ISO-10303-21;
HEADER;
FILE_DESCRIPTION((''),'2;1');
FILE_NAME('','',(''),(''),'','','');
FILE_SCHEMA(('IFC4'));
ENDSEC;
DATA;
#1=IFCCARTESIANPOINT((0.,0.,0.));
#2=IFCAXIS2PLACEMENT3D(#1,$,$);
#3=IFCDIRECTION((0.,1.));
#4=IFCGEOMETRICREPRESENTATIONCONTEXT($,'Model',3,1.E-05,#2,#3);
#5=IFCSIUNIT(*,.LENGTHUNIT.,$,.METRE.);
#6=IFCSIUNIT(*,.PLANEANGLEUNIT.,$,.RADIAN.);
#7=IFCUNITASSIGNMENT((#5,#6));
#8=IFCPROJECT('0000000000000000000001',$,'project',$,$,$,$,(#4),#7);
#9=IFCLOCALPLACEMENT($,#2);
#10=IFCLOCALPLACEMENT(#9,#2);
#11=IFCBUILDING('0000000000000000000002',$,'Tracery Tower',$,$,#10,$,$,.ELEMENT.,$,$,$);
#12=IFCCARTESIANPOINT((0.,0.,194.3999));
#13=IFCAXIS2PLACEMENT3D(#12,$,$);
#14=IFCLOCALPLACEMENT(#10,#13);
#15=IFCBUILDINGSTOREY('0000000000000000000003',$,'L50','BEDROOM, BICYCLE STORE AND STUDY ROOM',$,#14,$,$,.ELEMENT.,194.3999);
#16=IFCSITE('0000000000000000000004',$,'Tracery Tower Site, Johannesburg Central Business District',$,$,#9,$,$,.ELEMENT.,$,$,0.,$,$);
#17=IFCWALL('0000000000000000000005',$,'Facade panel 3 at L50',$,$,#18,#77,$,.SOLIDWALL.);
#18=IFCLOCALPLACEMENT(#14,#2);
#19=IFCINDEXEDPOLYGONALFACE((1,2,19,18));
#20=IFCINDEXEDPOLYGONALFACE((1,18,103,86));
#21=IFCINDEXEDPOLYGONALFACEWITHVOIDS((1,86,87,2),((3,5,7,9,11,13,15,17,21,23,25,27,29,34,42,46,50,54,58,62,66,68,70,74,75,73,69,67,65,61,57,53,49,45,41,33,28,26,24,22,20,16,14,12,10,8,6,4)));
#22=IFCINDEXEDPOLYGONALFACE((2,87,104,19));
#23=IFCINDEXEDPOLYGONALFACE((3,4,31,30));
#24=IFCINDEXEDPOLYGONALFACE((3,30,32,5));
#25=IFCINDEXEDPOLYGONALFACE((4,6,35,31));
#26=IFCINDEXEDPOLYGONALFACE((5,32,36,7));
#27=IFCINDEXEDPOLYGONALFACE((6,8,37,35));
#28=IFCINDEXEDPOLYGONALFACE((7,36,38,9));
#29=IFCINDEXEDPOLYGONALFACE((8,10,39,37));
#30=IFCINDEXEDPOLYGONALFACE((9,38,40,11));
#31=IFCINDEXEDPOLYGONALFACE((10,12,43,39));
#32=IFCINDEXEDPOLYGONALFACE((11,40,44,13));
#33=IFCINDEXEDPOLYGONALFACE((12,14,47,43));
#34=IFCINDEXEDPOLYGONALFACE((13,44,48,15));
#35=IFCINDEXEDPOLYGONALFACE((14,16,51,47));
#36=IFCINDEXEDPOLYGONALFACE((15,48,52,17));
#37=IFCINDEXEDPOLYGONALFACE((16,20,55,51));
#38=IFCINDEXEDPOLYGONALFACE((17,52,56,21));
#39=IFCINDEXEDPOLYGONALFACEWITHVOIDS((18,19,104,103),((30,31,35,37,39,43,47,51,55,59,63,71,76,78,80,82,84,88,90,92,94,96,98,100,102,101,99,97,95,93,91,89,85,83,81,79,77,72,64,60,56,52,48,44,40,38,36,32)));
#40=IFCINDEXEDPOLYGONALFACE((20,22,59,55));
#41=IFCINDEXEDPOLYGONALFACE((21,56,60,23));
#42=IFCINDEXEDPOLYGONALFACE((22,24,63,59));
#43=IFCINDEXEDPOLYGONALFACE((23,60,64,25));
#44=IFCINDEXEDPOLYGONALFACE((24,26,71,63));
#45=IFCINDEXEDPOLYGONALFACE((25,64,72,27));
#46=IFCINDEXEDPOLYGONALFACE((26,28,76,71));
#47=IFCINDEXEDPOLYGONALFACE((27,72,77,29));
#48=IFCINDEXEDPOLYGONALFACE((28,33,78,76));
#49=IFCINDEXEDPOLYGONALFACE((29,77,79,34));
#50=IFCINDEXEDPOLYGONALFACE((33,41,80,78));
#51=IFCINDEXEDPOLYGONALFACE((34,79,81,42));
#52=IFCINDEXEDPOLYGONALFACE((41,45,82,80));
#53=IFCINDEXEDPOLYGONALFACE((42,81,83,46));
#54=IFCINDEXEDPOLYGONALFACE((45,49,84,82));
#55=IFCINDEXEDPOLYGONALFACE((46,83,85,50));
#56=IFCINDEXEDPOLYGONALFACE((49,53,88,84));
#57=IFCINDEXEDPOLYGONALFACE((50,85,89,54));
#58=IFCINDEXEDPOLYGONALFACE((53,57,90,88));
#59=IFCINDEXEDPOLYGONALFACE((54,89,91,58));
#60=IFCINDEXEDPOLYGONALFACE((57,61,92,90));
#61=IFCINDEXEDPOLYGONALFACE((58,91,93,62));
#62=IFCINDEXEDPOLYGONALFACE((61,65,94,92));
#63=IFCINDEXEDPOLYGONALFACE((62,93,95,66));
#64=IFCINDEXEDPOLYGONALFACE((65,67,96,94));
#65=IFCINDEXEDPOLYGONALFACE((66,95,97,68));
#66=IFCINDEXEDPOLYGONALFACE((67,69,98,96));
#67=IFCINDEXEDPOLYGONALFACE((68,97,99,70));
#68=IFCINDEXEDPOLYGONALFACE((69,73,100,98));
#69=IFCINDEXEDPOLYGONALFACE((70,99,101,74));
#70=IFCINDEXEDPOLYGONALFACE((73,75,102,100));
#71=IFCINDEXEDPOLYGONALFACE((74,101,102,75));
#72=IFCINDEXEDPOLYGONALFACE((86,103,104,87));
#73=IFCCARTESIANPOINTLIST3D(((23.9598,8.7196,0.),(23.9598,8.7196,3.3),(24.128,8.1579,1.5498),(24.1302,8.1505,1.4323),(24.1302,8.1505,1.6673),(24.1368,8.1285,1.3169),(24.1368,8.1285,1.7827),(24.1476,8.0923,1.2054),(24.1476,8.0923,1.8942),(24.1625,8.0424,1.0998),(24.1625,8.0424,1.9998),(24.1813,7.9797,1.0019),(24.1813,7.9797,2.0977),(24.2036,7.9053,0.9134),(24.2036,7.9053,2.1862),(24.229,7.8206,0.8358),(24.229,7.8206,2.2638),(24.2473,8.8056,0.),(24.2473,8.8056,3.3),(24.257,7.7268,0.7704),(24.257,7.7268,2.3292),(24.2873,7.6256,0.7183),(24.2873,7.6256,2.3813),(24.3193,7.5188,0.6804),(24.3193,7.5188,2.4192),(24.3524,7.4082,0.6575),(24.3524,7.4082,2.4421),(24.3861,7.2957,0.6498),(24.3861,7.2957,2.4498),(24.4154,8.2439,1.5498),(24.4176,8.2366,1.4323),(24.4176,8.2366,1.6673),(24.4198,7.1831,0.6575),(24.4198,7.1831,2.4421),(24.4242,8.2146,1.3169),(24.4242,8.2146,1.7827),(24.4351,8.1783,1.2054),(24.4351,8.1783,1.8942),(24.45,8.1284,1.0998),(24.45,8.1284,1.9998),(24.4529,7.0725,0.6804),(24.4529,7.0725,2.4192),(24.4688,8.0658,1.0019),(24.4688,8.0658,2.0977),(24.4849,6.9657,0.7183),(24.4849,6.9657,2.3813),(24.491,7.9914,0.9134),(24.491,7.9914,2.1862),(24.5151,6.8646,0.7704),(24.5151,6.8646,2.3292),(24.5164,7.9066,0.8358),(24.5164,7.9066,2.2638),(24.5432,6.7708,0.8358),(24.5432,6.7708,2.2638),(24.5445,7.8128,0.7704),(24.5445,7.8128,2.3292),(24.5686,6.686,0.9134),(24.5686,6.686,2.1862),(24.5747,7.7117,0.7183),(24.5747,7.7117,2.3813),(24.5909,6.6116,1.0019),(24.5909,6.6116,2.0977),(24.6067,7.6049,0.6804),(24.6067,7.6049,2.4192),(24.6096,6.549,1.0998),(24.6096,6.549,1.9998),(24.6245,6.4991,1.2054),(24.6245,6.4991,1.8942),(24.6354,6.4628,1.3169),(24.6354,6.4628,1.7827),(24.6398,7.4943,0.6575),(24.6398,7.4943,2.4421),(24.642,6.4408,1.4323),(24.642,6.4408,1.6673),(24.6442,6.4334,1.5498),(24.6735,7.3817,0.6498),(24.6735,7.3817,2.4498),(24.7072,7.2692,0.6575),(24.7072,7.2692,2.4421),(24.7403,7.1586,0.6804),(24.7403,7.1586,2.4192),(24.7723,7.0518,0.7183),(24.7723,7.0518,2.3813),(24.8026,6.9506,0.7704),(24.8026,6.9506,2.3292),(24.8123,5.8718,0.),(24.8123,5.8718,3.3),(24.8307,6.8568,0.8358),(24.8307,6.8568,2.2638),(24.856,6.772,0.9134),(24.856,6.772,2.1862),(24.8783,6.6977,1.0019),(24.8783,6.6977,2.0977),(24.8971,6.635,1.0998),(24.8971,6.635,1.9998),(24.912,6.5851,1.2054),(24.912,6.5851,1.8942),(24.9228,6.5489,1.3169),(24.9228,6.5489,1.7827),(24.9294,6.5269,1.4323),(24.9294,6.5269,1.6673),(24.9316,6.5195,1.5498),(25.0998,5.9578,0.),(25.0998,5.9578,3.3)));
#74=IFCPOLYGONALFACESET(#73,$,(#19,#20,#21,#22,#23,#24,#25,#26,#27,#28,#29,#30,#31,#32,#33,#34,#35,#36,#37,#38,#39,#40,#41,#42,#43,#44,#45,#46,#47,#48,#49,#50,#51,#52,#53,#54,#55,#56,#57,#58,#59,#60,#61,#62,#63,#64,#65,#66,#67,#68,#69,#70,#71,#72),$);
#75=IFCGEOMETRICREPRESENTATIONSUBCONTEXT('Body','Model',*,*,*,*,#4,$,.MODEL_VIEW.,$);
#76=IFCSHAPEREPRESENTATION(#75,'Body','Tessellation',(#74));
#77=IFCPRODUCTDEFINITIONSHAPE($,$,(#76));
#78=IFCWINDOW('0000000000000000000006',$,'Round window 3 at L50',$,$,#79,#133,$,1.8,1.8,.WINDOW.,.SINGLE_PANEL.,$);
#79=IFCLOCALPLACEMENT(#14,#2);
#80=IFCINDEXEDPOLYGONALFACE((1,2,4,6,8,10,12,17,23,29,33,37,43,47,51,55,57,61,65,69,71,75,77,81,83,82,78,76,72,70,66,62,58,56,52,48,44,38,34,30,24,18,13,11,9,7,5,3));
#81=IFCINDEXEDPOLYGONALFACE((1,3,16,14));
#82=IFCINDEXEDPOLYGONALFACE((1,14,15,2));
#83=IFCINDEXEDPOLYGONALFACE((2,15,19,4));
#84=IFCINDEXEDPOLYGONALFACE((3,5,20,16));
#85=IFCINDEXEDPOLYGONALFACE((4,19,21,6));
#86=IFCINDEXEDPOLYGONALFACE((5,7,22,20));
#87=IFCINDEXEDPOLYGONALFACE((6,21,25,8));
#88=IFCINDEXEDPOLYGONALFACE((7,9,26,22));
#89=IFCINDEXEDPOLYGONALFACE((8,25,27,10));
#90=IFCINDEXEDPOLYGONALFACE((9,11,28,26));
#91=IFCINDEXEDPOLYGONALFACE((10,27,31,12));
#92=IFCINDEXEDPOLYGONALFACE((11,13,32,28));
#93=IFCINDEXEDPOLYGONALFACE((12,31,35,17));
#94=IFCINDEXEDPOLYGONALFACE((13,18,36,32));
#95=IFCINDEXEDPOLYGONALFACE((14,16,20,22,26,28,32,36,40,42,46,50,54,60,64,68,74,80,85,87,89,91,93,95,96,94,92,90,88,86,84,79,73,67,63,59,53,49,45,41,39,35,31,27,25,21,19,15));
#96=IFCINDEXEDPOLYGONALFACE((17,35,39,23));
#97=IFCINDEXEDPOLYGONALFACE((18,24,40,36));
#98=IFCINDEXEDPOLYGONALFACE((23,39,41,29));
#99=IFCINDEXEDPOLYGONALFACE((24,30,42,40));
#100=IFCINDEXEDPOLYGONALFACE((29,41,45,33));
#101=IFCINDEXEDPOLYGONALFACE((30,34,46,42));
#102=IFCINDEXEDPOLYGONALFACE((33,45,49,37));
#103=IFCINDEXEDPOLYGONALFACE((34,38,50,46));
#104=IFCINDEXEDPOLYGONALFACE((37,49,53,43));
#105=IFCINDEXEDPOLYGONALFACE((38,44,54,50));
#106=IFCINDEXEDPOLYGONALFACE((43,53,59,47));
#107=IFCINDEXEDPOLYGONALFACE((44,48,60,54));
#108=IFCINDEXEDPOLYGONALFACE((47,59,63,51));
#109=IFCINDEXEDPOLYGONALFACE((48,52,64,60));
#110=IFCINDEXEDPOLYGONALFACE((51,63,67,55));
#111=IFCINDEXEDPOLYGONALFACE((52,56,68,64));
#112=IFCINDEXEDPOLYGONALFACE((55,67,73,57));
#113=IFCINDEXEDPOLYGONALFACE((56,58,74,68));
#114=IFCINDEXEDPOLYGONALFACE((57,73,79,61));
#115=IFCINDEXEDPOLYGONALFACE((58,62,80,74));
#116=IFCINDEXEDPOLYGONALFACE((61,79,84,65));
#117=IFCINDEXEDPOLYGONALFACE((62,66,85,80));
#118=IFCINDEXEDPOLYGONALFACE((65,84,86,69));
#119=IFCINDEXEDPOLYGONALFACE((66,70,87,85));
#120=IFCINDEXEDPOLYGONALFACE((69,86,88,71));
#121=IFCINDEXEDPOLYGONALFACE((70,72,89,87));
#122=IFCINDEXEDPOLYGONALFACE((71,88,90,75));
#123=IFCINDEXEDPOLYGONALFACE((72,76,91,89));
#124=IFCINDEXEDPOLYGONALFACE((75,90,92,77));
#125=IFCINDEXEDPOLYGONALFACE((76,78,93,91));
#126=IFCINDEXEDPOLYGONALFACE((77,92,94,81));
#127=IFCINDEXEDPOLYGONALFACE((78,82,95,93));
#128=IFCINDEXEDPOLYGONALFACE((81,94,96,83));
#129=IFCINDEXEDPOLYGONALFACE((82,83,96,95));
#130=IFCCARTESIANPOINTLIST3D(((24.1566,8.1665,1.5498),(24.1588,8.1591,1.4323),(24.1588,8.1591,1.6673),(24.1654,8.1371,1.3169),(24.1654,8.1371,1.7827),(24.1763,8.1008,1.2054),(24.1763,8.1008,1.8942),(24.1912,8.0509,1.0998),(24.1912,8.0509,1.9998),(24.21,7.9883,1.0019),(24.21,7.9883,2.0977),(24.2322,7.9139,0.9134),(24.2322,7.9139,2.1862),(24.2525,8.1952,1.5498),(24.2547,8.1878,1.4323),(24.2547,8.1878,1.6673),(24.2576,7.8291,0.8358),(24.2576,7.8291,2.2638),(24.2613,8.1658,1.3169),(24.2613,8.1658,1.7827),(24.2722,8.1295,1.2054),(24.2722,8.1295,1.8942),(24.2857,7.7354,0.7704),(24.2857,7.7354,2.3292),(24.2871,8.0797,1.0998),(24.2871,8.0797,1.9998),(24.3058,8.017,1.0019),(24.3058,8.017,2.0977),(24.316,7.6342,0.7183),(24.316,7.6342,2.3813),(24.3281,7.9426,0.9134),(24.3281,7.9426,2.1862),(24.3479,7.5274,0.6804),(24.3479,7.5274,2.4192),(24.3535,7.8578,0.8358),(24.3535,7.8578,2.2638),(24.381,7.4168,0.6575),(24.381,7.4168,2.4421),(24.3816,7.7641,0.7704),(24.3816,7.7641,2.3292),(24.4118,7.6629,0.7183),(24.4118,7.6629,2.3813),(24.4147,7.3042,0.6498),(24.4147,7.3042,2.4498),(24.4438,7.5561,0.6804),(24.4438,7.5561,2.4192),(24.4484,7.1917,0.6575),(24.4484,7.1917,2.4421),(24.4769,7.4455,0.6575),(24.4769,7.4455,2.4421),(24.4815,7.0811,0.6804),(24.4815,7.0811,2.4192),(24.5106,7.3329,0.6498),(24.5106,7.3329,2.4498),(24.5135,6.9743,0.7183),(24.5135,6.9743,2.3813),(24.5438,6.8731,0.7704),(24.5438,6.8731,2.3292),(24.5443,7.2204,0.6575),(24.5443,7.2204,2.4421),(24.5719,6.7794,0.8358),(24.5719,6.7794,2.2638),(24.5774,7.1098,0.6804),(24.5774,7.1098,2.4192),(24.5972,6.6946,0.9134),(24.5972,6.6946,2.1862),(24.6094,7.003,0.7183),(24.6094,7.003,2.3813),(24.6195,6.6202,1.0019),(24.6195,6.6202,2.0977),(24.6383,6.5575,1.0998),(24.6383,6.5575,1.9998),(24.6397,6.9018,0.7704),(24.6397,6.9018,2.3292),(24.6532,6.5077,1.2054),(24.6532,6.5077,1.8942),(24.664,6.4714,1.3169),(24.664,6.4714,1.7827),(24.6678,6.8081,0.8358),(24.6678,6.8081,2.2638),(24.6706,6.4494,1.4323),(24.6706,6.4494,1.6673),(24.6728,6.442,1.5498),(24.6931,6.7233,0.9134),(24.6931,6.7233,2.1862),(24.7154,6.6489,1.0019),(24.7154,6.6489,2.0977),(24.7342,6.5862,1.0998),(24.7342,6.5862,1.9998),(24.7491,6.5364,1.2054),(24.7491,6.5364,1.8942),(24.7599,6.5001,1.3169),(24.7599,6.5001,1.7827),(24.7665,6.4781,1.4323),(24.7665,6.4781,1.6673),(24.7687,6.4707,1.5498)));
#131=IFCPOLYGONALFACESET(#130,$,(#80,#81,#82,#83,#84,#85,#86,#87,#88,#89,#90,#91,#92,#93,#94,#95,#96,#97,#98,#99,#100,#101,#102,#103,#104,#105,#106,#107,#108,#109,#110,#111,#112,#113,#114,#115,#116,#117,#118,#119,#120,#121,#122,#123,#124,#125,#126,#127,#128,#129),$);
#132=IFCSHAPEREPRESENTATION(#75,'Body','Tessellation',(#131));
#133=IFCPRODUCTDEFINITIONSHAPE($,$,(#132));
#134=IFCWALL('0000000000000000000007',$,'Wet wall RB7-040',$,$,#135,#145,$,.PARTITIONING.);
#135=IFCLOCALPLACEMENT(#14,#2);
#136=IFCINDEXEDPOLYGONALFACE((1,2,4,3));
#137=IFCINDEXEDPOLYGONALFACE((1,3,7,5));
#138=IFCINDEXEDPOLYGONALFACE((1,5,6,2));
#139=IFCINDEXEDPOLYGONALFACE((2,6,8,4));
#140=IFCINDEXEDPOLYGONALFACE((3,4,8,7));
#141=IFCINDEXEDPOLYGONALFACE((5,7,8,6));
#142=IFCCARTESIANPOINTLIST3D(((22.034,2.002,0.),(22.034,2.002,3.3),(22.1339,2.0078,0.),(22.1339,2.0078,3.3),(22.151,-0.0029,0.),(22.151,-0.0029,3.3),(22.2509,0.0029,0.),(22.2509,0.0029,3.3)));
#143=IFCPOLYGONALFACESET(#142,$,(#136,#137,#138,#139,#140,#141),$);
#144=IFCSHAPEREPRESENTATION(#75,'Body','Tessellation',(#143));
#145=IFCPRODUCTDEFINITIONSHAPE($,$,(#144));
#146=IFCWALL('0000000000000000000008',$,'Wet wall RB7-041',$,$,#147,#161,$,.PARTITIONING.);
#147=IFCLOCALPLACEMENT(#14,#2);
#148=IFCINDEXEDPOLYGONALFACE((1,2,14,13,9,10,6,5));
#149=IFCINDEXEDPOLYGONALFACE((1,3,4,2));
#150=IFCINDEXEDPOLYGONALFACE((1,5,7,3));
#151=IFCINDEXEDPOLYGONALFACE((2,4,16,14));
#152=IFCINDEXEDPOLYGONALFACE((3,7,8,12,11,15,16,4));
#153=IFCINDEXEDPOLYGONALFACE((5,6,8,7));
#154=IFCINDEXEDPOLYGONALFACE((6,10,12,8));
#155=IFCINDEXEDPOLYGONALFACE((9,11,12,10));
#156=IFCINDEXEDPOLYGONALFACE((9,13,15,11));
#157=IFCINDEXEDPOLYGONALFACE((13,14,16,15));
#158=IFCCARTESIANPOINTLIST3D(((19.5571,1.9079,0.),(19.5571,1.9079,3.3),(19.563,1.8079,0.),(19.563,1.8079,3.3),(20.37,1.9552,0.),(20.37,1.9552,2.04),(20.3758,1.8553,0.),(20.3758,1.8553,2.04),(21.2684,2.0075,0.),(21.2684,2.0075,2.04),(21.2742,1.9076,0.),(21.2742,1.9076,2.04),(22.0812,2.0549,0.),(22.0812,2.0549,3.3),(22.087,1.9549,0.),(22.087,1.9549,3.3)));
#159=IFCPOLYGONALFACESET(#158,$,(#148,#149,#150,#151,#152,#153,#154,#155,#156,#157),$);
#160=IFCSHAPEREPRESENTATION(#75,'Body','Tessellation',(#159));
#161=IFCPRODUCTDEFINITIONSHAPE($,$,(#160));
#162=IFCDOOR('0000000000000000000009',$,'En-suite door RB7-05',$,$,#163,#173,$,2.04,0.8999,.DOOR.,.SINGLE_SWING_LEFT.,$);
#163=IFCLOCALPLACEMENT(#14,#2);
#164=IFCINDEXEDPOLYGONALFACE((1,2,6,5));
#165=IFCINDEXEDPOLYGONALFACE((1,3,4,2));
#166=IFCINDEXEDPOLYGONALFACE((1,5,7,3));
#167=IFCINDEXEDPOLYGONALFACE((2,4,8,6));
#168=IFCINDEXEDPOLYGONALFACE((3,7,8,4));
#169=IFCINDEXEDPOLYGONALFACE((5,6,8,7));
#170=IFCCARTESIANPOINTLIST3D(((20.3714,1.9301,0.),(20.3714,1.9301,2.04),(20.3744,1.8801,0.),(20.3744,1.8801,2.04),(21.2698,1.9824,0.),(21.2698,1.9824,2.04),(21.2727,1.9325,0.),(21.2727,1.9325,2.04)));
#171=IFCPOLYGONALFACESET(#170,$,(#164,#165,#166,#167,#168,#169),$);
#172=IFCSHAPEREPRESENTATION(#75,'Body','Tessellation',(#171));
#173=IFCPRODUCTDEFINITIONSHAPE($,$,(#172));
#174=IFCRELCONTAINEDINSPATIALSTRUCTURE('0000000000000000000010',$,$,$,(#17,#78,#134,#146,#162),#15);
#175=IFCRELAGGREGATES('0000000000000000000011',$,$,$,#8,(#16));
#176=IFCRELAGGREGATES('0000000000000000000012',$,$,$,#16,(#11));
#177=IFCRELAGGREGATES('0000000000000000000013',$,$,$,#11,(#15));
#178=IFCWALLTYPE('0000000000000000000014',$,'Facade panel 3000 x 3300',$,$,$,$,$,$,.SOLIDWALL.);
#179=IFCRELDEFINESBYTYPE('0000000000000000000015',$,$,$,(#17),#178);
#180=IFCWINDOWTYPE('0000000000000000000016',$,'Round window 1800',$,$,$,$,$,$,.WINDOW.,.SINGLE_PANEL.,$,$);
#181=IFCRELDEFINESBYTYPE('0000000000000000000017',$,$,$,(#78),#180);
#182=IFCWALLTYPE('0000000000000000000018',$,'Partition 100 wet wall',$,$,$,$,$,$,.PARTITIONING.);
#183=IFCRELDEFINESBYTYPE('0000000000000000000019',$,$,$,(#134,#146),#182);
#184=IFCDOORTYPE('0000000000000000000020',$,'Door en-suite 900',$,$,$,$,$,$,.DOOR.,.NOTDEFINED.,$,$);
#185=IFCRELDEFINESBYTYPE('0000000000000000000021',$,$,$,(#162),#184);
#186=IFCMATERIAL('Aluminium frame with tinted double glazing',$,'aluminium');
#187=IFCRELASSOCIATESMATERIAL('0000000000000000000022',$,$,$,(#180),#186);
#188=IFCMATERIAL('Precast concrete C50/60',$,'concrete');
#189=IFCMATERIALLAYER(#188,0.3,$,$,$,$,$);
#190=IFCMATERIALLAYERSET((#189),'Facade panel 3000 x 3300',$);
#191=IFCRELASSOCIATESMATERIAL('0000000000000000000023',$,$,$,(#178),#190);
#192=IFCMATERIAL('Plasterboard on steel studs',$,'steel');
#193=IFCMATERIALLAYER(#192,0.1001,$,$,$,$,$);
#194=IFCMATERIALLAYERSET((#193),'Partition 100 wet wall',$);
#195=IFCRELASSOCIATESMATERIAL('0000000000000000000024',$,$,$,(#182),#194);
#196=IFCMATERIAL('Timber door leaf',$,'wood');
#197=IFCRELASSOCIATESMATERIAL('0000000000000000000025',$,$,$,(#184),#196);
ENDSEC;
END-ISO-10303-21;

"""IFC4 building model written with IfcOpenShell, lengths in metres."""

from ifc_helpers import new_model, si_unit, direction, frame, frame_2d, origin, origin_2d, place, context, subcontext, project, spatial, rectangle, circle, extrude, material, layer, layer_set, type_object, element, fill, save


model = new_model("IFC4")

# Units and contexts
model_context = context("Model", 3, precision=1e-05, world=origin(), true_north=direction((0.0, 1.0)))
body_context = subcontext(model_context, "Body", "Model", "MODEL_VIEW")
ifc_project = project(units=[si_unit("LENGTHUNIT", "METRE"), si_unit("PLANEANGLEUNIT", "RADIAN")], contexts=[model_context])

# Site, building, storey
site_placement = place(None, origin())
site = spatial("IfcSite", under=ifc_project, at=site_placement, Name="Tracery Tower Site, Johannesburg Central Business District", CompositionType="ELEMENT", RefElevation=0.0)
building_placement = place(site_placement, origin())
building = spatial("IfcBuilding", under=site, at=building_placement, Name="Tracery Tower", CompositionType="ELEMENT")
storey_placement = place(building_placement, frame((0.0, 0.0, 194.3999)))
storey = spatial("IfcBuildingStorey", under=building, at=storey_placement, Name="L50", Description="BEDROOM, BICYCLE STORE AND STUDY ROOM", CompositionType="ELEMENT", Elevation=194.3999)

# Wall, opening, window
ifc_material_1 = material(Name="Aluminium frame with tinted double glazing", Category="aluminium")
window_type = type_object("IfcWindowType", Name="Round window 1800", PartitioningType="SINGLE_PANEL", PredefinedType="WINDOW", material=ifc_material_1)
ifc_material_2 = material(Name="Precast concrete C50/60", Category="concrete")
ifc_layer_1 = layer(ifc_material_2, 0.3)
ifc_layer_set_1 = layer_set([ifc_layer_1], Name="Facade panel 3000 x 3300")
wall_type_1 = type_object("IfcWallType", Name="Facade panel 3000 x 3300", PredefinedType="SOLIDWALL", material=ifc_layer_set_1)
wall_1_placement = place(storey_placement, frame((24.9561, 5.9148, 0.0), z_axis=(0.0, 0.0, 1.0), x_axis=(-0.286783, 0.957996, 0.0)))
wall_1 = element("IfcWall", 1, at=wall_1_placement, inside=storey, type_object=wall_type_1, Name="Facade panel 3 at L50", PredefinedType="SOLIDWALL", context=body_context, shape_type="SweptSolid", body=[
    extrude(rectangle(XDim=2.9727, YDim=0.3, at=frame_2d((1.4863, 0.0))), origin(), (0.0, 0.0, 1.0), 3.3),
])
opening_1_placement = place(wall_1_placement, frame((1.4863, 0.0, 1.5498)))
opening_1 = element("IfcOpeningElement", 2, at=opening_1_placement, cuts=wall_1, PredefinedType="OPENING", context=body_context, shape_type="SweptSolid", body=[
    extrude(circle(Radius=0.9, at=origin_2d()), frame((0.0, 0.1599, 0.0), z_axis=(0.0, -1.0, 0.0), x_axis=(1.0, 0.0, 0.0)), (0.0, 0.0, 1.0), 0.3201),
])
window_1_placement = place(opening_1_placement, origin())
window_1 = element("IfcWindow", 3, at=window_1_placement, inside=storey, type_object=window_type, Name="Round window 3 at L50", OverallHeight=1.8, OverallWidth=1.8, PartitioningType="SINGLE_PANEL", PredefinedType="WINDOW", context=body_context, shape_type="SweptSolid", body=[
    extrude(circle(Radius=0.9, at=origin_2d()), frame((0.0, 0.1201, 0.0), z_axis=(0.0, -1.0, 0.0), x_axis=(1.0, 0.0, 0.0)), (0.0, 0.0, 1.0), 0.1001),
])
fill(opening_1, window_1)

# Wall
ifc_material_3 = material(Name="Plasterboard on steel studs", Category="steel")
ifc_layer_2 = layer(ifc_material_3, 0.1001)
ifc_layer_set_2 = layer_set([ifc_layer_2], Name="Partition 100 wet wall")
wall_type_2 = type_object("IfcWallType", Name="Partition 100 wet wall", PredefinedType="PARTITIONING", material=ifc_layer_set_2)
wall_2_placement = place(storey_placement, frame((22.084, 2.0049, 0.0), z_axis=(0.0, 0.0, 1.0), x_axis=(0.05823, -0.998303, 0.0)))
element("IfcWall", 4, at=wall_2_placement, inside=storey, type_object=wall_type_2, Name="Wet wall RB7-040", PredefinedType="PARTITIONING", context=body_context, shape_type="SweptSolid", body=[
    extrude(rectangle(XDim=2.0083, YDim=0.1001, at=frame_2d((1.0042, 0.0))), origin(), (0.0, 0.0, 1.0), 3.3),
])

# Wall, opening, door
wall_3_placement = place(storey_placement, frame((19.5601, 1.8579, 0.0), z_axis=(0.0, 0.0, 1.0), x_axis=(0.998309, 0.058133, 0.0)))
wall_3 = element("IfcWall", 5, at=wall_3_placement, inside=storey, type_object=wall_type_2, Name="Wet wall RB7-041", PredefinedType="PARTITIONING", context=body_context, shape_type="SweptSolid", body=[
    extrude(rectangle(XDim=2.5283, YDim=0.1001, at=frame_2d((1.2642, 0.0))), origin(), (0.0, 0.0, 1.0), 3.3),
])
opening_2_placement = place(wall_3_placement, frame((0.8142, 0.0, 0.0)))
opening_2 = element("IfcOpeningElement", 6, at=opening_2_placement, cuts=wall_3, PredefinedType="OPENING", context=body_context, shape_type="SweptSolid", body=[
    extrude(rectangle(XDim=0.8999, YDim=2.04, at=frame_2d((0.45, 1.02))), frame((0.0, 0.05, 0.0), z_axis=(0.0, -1.0, 0.0), x_axis=(1.0, 0.0, 0.0)), (0.0, 0.0, 1.0), 0.1001),
])
ifc_material_4 = material(Name="Timber door leaf", Category="wood")
door_type = type_object("IfcDoorType", Name="Door en-suite 900", OperationType="NOTDEFINED", PredefinedType="DOOR", material=ifc_material_4)
door_1_placement = place(opening_2_placement, origin())
door_1 = element("IfcDoor", 7, at=door_1_placement, inside=storey, type_object=door_type, Name="En-suite door RB7-05", OperationType="SINGLE_SWING_LEFT", OverallHeight=2.04, OverallWidth=0.8999, PredefinedType="DOOR", context=body_context, shape_type="SweptSolid", body=[
    extrude(rectangle(XDim=0.8999, YDim=2.04, at=frame_2d((0.45, 1.02))), frame((0.0, 0.0249, 0.0), z_axis=(0.0, -1.0, 0.0), x_axis=(1.0, 0.0, 0.0)), (0.0, 0.0, 1.0), 0.05),
])
fill(opening_2, door_1)

save(model, "model.ifc")
